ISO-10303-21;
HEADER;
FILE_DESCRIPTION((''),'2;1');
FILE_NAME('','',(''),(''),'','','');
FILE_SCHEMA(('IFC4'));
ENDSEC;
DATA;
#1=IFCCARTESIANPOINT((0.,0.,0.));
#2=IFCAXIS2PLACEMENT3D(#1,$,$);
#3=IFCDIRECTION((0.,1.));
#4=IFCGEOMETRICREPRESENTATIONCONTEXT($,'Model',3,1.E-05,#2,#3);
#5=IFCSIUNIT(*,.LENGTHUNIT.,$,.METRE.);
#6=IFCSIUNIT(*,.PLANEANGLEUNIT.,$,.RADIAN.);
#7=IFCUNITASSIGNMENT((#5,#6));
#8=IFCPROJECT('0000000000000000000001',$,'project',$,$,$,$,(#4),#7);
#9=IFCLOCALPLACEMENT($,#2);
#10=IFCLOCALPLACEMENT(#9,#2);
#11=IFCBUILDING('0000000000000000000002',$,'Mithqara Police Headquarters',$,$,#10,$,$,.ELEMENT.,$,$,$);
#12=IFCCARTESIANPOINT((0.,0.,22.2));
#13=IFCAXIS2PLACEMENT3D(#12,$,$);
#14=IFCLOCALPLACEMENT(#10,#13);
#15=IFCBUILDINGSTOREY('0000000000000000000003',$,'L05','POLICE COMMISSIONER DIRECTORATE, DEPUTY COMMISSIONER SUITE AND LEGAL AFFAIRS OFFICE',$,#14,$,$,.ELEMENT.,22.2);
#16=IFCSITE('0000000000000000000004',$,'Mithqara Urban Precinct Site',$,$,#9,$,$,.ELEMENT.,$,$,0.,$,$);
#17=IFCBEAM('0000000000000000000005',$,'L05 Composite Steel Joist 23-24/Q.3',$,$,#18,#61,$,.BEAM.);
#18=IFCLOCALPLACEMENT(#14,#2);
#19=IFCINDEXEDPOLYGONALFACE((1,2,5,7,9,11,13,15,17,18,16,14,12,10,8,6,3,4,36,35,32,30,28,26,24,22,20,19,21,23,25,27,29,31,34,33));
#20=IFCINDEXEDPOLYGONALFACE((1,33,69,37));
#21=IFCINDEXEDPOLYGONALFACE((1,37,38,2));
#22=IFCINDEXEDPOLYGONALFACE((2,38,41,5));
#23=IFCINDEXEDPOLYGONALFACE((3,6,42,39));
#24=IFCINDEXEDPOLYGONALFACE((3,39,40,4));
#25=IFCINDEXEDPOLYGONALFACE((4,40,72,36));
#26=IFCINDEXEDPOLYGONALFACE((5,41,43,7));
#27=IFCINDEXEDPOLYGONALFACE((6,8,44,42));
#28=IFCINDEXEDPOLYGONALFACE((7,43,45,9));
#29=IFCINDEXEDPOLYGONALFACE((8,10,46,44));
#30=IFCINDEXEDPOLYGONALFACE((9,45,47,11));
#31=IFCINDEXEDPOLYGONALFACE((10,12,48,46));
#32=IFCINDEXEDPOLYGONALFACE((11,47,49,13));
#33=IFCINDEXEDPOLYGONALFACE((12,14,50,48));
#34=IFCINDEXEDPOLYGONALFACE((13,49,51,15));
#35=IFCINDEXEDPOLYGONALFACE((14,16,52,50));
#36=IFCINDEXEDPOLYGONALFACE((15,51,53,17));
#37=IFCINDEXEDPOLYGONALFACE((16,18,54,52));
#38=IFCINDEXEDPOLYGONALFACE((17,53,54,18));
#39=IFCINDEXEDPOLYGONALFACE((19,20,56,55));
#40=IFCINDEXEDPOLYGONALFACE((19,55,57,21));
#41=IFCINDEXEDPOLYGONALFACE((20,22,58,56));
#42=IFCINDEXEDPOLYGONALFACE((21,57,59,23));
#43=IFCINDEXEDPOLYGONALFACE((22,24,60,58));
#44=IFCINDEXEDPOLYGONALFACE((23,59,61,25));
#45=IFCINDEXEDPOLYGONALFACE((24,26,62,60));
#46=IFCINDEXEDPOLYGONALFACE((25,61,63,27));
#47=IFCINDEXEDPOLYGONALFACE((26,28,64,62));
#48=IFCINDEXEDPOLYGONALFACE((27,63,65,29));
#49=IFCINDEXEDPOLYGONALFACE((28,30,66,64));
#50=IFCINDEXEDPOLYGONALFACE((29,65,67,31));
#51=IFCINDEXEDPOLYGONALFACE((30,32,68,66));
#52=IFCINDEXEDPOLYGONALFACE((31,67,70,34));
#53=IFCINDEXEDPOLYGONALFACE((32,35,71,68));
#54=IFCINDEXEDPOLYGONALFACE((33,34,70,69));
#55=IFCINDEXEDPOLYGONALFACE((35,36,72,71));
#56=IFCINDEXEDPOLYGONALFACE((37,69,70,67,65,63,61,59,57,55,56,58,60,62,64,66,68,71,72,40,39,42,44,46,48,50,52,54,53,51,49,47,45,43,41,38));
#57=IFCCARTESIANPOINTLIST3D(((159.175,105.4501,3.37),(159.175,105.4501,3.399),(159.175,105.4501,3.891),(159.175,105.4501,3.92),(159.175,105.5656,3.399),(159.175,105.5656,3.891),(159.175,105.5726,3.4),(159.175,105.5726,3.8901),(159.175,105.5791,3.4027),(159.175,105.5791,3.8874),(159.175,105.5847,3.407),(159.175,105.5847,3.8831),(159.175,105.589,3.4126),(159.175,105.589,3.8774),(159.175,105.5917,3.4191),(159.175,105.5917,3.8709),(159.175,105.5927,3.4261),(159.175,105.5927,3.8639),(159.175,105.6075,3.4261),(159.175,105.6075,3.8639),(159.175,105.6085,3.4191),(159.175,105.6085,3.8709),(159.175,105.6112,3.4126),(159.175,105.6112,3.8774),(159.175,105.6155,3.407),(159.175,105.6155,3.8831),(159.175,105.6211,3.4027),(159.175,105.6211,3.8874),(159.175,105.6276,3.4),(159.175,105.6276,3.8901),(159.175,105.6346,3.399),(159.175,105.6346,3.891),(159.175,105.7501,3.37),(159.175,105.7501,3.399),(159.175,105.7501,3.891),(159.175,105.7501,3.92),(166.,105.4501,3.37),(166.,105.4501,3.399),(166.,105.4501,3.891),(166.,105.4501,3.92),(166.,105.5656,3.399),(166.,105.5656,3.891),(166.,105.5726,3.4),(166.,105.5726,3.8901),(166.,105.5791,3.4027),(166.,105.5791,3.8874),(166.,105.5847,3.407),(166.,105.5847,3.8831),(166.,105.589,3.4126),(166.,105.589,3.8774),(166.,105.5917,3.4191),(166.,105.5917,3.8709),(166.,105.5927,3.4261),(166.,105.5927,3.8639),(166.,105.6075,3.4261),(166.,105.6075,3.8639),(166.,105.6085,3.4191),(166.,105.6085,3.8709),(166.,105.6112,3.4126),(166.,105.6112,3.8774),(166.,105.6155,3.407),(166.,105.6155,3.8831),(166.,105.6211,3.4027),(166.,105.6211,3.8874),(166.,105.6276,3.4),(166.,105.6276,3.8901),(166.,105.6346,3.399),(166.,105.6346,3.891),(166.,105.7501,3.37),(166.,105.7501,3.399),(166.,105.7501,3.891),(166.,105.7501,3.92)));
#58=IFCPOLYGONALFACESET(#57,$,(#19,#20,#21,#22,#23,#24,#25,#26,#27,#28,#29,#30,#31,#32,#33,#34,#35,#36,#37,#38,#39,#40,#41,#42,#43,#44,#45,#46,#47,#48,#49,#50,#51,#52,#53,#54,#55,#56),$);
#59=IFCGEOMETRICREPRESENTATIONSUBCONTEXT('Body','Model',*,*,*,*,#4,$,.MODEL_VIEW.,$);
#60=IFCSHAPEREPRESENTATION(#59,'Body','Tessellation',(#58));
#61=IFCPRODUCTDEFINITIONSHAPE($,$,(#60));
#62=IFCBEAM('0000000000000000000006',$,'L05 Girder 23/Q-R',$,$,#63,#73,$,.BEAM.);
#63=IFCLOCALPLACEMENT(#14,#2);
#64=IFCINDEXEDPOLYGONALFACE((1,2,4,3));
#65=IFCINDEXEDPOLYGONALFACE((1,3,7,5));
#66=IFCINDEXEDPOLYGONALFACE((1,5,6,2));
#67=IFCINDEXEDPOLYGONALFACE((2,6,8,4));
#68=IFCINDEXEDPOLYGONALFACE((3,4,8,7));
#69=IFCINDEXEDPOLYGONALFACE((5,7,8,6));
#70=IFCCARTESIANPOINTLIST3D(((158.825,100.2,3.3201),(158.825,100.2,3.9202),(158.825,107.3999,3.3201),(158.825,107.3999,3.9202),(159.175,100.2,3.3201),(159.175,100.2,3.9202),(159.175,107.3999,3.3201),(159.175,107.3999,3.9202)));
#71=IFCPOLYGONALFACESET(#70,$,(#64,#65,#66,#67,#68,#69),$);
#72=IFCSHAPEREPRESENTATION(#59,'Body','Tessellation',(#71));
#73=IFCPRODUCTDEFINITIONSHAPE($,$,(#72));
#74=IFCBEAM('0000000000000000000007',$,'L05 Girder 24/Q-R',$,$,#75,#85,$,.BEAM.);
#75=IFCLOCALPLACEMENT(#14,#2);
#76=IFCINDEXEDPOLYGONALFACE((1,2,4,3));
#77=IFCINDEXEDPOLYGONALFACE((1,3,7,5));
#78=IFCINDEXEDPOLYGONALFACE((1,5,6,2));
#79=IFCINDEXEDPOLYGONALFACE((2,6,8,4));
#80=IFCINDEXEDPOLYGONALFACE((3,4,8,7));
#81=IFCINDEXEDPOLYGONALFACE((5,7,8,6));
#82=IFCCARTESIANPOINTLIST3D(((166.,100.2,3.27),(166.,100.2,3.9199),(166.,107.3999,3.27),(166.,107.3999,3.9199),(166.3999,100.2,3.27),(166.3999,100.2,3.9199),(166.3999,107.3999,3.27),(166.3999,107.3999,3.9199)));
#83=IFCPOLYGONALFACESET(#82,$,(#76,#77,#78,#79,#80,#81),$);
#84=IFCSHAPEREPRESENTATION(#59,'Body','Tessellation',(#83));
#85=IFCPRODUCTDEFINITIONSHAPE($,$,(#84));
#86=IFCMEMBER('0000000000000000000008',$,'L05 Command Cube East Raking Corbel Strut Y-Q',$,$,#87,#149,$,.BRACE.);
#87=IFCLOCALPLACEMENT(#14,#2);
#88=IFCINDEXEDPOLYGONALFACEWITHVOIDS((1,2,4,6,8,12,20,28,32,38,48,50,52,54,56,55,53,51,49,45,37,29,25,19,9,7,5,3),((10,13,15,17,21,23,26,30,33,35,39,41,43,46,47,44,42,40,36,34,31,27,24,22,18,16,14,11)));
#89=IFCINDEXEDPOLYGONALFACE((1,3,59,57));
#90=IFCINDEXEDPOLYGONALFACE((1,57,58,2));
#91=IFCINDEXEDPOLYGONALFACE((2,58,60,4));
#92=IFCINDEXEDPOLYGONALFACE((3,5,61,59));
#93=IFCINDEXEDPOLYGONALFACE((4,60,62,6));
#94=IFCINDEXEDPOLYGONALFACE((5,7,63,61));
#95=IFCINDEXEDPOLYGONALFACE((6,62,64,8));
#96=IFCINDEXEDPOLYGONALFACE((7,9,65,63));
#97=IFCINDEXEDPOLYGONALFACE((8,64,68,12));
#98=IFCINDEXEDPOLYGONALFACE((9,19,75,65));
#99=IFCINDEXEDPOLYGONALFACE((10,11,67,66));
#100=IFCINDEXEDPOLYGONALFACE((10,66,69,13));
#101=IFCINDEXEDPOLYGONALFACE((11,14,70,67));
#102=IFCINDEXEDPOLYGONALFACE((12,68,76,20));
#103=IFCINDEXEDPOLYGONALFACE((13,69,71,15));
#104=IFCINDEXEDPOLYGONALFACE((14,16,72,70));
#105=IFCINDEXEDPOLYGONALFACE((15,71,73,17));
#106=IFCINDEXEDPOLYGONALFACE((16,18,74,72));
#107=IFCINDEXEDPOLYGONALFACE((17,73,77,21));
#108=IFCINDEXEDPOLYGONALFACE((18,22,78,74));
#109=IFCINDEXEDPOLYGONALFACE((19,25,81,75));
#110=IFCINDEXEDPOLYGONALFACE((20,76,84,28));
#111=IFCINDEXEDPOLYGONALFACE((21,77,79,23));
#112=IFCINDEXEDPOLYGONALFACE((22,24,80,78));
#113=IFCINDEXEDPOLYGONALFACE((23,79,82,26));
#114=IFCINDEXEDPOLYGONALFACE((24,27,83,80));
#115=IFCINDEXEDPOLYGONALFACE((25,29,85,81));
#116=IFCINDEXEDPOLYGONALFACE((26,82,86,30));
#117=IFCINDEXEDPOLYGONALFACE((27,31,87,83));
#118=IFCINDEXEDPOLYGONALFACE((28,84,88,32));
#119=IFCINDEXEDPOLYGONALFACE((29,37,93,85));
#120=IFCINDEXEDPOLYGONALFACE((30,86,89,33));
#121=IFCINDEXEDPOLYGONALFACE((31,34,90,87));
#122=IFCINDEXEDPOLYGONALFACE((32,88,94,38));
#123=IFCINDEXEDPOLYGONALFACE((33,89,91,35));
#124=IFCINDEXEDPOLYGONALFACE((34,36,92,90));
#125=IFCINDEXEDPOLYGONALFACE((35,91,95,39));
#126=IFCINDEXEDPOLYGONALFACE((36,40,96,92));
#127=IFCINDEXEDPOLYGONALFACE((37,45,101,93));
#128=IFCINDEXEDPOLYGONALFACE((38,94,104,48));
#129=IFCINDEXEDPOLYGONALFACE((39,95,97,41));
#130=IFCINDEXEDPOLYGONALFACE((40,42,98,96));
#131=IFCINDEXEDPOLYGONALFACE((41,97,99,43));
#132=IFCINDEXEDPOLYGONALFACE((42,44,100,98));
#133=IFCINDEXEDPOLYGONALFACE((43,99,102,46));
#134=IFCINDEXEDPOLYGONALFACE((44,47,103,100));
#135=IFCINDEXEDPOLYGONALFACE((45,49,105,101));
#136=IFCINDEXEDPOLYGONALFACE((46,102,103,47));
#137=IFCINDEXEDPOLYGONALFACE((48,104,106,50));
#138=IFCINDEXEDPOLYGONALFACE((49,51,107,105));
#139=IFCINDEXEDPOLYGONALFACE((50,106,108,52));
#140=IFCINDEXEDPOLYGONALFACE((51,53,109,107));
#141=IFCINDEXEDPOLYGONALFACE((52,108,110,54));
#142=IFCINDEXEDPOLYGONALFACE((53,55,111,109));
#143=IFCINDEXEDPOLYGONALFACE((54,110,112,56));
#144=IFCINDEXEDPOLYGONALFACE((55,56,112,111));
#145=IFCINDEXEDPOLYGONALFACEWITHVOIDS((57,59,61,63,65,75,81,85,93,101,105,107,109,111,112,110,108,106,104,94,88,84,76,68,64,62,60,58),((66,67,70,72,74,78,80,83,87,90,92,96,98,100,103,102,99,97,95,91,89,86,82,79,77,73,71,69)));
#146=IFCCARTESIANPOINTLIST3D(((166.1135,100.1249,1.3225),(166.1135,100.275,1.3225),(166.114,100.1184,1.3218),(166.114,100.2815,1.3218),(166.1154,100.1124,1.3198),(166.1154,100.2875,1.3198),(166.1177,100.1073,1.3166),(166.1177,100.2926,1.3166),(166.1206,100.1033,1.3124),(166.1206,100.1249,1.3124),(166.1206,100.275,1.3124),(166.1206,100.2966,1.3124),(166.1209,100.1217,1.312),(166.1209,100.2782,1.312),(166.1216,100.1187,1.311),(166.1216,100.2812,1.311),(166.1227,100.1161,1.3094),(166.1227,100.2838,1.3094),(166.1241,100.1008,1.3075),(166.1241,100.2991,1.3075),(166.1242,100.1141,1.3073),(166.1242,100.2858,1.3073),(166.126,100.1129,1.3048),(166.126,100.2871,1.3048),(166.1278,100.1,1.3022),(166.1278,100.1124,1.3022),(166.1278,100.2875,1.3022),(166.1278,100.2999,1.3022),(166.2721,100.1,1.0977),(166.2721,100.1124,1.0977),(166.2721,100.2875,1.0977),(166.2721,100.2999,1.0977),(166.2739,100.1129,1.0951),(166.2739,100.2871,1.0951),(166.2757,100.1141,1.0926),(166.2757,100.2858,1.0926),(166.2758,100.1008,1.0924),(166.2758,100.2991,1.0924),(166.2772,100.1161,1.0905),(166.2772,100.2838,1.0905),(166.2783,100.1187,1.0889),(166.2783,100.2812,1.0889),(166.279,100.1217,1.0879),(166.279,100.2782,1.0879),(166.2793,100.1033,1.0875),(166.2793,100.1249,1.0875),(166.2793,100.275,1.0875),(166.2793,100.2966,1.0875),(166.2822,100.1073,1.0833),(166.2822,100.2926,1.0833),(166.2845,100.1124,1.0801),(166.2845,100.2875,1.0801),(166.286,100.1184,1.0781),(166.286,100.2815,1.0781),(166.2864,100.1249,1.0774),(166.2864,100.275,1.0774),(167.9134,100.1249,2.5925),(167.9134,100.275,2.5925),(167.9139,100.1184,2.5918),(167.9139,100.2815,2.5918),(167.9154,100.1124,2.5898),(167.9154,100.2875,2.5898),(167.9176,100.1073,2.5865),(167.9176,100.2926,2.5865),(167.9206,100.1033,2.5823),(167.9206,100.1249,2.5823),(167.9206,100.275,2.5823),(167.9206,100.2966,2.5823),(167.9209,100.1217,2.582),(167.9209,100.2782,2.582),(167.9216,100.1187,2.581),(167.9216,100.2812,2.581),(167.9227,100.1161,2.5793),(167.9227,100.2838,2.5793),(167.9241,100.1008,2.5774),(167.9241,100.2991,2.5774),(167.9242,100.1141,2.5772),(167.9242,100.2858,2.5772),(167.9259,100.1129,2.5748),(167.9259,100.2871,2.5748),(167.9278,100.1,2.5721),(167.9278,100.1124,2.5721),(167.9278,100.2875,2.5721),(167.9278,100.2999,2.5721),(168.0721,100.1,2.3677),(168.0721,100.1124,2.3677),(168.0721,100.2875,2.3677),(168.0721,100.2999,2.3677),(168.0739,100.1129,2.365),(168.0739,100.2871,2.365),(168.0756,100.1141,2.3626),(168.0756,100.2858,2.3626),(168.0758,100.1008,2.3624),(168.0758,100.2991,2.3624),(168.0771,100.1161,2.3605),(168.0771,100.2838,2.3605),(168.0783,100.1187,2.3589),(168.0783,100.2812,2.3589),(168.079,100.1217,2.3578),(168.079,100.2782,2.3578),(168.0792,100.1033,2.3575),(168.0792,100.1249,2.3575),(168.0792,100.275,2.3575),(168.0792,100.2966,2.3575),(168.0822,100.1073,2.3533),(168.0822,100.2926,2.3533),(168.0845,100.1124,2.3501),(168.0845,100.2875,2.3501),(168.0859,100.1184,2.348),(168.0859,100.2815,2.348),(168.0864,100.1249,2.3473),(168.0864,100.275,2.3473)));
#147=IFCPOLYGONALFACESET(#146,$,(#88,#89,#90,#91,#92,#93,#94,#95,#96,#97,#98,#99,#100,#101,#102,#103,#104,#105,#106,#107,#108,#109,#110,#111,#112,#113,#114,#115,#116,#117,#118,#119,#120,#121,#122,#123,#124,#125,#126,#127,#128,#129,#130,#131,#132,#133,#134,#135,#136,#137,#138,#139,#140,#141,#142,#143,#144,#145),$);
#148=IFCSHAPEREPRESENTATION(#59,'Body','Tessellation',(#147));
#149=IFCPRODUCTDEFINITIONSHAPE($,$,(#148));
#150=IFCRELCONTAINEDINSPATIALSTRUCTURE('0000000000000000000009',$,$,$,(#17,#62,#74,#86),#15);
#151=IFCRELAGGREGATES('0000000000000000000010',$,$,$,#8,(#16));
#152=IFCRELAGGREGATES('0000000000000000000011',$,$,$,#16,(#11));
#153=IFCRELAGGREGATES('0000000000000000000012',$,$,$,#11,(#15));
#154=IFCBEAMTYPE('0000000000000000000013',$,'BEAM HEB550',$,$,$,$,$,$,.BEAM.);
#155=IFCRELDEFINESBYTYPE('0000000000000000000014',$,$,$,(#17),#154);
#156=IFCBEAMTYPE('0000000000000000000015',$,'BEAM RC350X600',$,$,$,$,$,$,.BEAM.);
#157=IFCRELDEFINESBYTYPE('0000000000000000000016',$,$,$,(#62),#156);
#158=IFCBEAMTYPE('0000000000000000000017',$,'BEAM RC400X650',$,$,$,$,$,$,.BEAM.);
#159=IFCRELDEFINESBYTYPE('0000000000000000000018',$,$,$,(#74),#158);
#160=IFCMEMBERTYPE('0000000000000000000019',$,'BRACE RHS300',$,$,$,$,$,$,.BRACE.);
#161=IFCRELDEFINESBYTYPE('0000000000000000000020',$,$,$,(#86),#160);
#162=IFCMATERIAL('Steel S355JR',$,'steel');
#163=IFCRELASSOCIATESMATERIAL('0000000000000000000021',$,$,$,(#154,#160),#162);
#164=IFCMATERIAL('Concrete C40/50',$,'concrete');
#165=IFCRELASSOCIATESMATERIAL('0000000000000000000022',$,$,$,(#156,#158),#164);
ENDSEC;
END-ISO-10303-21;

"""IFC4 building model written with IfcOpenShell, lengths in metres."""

from ifc_helpers import new_model, si_unit, direction, frame, origin, origin_2d, place, context, subcontext, project, spatial, rectangle, hollow_rectangle, i_section, extrude, material, material_profile, profile_set, type_object, element, save


model = new_model("IFC4")

# Units and contexts
model_context = context("Model", 3, precision=1e-05, world=origin(), true_north=direction((0.0, 1.0)))
body_context = subcontext(model_context, "Body", "Model", "MODEL_VIEW")
ifc_project = project(units=[si_unit("LENGTHUNIT", "METRE"), si_unit("PLANEANGLEUNIT", "RADIAN")], contexts=[model_context])

# Site, building, storey
site_placement = place(None, origin())
site = spatial("IfcSite", under=ifc_project, at=site_placement, Name="Mithqara Urban Precinct Site", CompositionType="ELEMENT", RefElevation=0.0)
building_placement = place(site_placement, origin())
building = spatial("IfcBuilding", under=site, at=building_placement, Name="Mithqara Police Headquarters", CompositionType="ELEMENT")
storey_placement = place(building_placement, frame((0.0, 0.0, 22.2)))
storey = spatial("IfcBuildingStorey", under=building, at=storey_placement, Name="L05", Description="POLICE COMMISSIONER DIRECTORATE, DEPUTY COMMISSIONER SUITE AND LEGAL AFFAIRS OFFICE", CompositionType="ELEMENT", Elevation=22.2)

# Beams
ifc_material_1 = material(Name="Steel S355JR", Category="steel")
ifc_material_profile_1 = material_profile(ifc_material_1, i_section(OverallWidth=0.3, OverallDepth=0.55, WebThickness=0.0149, FlangeThickness=0.0291, FilletRadius=0.0271, at=origin_2d()), Name="HEB 550")
ifc_profile_set_1 = profile_set([ifc_material_profile_1], Name="Steel S355JR")
beam_type_1 = type_object("IfcBeamType", Name="BEAM HEB550", PredefinedType="BEAM", material=ifc_profile_set_1)
for number, where, z_axis, x_axis, name in (
    (1, (159.175, 105.6001, 3.645), (1.0, 0.0, 0.0), (0.0, 1.0, 0.0), "L05 Composite Steel Joist 23-24/Q.3"),
):
    element("IfcBeam", number, at=place(storey_placement, frame(where, z_axis=z_axis, x_axis=x_axis)), inside=storey, type_object=beam_type_1, Name=name, PredefinedType="BEAM", context=body_context, shape_type="SweptSolid", body=[
        extrude(i_section(OverallWidth=0.3, OverallDepth=0.55, WebThickness=0.0149, FlangeThickness=0.0291, FilletRadius=0.0271, at=origin_2d()), origin(), (0.0, 0.0, 1.0), 6.825),
    ])
ifc_material_2 = material(Name="Concrete C40/50", Category="concrete")
ifc_material_profile_2 = material_profile(ifc_material_2, rectangle(XDim=0.3501, YDim=0.6001, at=origin_2d()), Name="RC 350x600")
ifc_profile_set_2 = profile_set([ifc_material_profile_2], Name="Concrete C40/50")
beam_type_2 = type_object("IfcBeamType", Name="BEAM RC350X600", PredefinedType="BEAM", material=ifc_profile_set_2)
beam_1_placement = place(storey_placement, frame((159.0, 100.2, 3.6201), z_axis=(0.0, 1.0, 0.0), x_axis=(-1.0, 0.0, 0.0)))
element("IfcBeam", 2, at=beam_1_placement, inside=storey, type_object=beam_type_2, Name="L05 Girder 23/Q-R", PredefinedType="BEAM", context=body_context, shape_type="SweptSolid", body=[
    extrude(rectangle(XDim=0.3501, YDim=0.6001, at=origin_2d()), origin(), (0.0, 0.0, 1.0), 7.2),
])
ifc_material_profile_3 = material_profile(ifc_material_2, rectangle(XDim=0.3999, YDim=0.6499, at=origin_2d()), Name="RC 400x650")
ifc_profile_set_3 = profile_set([ifc_material_profile_3], Name="Concrete C40/50")
beam_type_3 = type_object("IfcBeamType", Name="BEAM RC400X650", PredefinedType="BEAM", material=ifc_profile_set_3)
beam_2_placement = place(storey_placement, frame((166.2, 100.2, 3.595), z_axis=(0.0, 1.0, 0.0), x_axis=(-1.0, 0.0, 0.0)))
element("IfcBeam", 3, at=beam_2_placement, inside=storey, type_object=beam_type_3, Name="L05 Girder 24/Q-R", PredefinedType="BEAM", context=body_context, shape_type="SweptSolid", body=[
    extrude(rectangle(XDim=0.3999, YDim=0.6499, at=origin_2d()), origin(), (0.0, 0.0, 1.0), 7.2),
])

# Member
ifc_material_profile_4 = material_profile(ifc_material_1, hollow_rectangle(XDim=0.2, YDim=0.3, WallThickness=0.0125, InnerFilletRadius=0.0125, OuterFilletRadius=0.0249, at=origin_2d()), Name="RHS 300x200x12.5")
ifc_profile_set_4 = profile_set([ifc_material_profile_4], Name="Steel S355JR")
member_type = type_object("IfcMemberType", Name="BRACE RHS300", PredefinedType="BRACE", material=ifc_profile_set_4)
for number, where, z_axis, x_axis, name in (
    (4, (166.2, 100.2, 1.2), (0.817097, 0.0, 0.5765), (0.0, 1.0, 0.0), "L05 Command Cube East Raking Corbel Strut Y-Q"),
):
    element("IfcMember", number, at=place(storey_placement, frame(where, z_axis=z_axis, x_axis=x_axis)), inside=storey, type_object=member_type, Name=name, PredefinedType="BRACE", context=body_context, shape_type="SweptSolid", body=[
        extrude(hollow_rectangle(XDim=0.2, YDim=0.3, WallThickness=0.0125, InnerFilletRadius=0.0125, OuterFilletRadius=0.0249, at=origin_2d()), origin(), (0.0, 0.0, 1.0), 2.2029),
    ])

save(model, "model.ifc")
